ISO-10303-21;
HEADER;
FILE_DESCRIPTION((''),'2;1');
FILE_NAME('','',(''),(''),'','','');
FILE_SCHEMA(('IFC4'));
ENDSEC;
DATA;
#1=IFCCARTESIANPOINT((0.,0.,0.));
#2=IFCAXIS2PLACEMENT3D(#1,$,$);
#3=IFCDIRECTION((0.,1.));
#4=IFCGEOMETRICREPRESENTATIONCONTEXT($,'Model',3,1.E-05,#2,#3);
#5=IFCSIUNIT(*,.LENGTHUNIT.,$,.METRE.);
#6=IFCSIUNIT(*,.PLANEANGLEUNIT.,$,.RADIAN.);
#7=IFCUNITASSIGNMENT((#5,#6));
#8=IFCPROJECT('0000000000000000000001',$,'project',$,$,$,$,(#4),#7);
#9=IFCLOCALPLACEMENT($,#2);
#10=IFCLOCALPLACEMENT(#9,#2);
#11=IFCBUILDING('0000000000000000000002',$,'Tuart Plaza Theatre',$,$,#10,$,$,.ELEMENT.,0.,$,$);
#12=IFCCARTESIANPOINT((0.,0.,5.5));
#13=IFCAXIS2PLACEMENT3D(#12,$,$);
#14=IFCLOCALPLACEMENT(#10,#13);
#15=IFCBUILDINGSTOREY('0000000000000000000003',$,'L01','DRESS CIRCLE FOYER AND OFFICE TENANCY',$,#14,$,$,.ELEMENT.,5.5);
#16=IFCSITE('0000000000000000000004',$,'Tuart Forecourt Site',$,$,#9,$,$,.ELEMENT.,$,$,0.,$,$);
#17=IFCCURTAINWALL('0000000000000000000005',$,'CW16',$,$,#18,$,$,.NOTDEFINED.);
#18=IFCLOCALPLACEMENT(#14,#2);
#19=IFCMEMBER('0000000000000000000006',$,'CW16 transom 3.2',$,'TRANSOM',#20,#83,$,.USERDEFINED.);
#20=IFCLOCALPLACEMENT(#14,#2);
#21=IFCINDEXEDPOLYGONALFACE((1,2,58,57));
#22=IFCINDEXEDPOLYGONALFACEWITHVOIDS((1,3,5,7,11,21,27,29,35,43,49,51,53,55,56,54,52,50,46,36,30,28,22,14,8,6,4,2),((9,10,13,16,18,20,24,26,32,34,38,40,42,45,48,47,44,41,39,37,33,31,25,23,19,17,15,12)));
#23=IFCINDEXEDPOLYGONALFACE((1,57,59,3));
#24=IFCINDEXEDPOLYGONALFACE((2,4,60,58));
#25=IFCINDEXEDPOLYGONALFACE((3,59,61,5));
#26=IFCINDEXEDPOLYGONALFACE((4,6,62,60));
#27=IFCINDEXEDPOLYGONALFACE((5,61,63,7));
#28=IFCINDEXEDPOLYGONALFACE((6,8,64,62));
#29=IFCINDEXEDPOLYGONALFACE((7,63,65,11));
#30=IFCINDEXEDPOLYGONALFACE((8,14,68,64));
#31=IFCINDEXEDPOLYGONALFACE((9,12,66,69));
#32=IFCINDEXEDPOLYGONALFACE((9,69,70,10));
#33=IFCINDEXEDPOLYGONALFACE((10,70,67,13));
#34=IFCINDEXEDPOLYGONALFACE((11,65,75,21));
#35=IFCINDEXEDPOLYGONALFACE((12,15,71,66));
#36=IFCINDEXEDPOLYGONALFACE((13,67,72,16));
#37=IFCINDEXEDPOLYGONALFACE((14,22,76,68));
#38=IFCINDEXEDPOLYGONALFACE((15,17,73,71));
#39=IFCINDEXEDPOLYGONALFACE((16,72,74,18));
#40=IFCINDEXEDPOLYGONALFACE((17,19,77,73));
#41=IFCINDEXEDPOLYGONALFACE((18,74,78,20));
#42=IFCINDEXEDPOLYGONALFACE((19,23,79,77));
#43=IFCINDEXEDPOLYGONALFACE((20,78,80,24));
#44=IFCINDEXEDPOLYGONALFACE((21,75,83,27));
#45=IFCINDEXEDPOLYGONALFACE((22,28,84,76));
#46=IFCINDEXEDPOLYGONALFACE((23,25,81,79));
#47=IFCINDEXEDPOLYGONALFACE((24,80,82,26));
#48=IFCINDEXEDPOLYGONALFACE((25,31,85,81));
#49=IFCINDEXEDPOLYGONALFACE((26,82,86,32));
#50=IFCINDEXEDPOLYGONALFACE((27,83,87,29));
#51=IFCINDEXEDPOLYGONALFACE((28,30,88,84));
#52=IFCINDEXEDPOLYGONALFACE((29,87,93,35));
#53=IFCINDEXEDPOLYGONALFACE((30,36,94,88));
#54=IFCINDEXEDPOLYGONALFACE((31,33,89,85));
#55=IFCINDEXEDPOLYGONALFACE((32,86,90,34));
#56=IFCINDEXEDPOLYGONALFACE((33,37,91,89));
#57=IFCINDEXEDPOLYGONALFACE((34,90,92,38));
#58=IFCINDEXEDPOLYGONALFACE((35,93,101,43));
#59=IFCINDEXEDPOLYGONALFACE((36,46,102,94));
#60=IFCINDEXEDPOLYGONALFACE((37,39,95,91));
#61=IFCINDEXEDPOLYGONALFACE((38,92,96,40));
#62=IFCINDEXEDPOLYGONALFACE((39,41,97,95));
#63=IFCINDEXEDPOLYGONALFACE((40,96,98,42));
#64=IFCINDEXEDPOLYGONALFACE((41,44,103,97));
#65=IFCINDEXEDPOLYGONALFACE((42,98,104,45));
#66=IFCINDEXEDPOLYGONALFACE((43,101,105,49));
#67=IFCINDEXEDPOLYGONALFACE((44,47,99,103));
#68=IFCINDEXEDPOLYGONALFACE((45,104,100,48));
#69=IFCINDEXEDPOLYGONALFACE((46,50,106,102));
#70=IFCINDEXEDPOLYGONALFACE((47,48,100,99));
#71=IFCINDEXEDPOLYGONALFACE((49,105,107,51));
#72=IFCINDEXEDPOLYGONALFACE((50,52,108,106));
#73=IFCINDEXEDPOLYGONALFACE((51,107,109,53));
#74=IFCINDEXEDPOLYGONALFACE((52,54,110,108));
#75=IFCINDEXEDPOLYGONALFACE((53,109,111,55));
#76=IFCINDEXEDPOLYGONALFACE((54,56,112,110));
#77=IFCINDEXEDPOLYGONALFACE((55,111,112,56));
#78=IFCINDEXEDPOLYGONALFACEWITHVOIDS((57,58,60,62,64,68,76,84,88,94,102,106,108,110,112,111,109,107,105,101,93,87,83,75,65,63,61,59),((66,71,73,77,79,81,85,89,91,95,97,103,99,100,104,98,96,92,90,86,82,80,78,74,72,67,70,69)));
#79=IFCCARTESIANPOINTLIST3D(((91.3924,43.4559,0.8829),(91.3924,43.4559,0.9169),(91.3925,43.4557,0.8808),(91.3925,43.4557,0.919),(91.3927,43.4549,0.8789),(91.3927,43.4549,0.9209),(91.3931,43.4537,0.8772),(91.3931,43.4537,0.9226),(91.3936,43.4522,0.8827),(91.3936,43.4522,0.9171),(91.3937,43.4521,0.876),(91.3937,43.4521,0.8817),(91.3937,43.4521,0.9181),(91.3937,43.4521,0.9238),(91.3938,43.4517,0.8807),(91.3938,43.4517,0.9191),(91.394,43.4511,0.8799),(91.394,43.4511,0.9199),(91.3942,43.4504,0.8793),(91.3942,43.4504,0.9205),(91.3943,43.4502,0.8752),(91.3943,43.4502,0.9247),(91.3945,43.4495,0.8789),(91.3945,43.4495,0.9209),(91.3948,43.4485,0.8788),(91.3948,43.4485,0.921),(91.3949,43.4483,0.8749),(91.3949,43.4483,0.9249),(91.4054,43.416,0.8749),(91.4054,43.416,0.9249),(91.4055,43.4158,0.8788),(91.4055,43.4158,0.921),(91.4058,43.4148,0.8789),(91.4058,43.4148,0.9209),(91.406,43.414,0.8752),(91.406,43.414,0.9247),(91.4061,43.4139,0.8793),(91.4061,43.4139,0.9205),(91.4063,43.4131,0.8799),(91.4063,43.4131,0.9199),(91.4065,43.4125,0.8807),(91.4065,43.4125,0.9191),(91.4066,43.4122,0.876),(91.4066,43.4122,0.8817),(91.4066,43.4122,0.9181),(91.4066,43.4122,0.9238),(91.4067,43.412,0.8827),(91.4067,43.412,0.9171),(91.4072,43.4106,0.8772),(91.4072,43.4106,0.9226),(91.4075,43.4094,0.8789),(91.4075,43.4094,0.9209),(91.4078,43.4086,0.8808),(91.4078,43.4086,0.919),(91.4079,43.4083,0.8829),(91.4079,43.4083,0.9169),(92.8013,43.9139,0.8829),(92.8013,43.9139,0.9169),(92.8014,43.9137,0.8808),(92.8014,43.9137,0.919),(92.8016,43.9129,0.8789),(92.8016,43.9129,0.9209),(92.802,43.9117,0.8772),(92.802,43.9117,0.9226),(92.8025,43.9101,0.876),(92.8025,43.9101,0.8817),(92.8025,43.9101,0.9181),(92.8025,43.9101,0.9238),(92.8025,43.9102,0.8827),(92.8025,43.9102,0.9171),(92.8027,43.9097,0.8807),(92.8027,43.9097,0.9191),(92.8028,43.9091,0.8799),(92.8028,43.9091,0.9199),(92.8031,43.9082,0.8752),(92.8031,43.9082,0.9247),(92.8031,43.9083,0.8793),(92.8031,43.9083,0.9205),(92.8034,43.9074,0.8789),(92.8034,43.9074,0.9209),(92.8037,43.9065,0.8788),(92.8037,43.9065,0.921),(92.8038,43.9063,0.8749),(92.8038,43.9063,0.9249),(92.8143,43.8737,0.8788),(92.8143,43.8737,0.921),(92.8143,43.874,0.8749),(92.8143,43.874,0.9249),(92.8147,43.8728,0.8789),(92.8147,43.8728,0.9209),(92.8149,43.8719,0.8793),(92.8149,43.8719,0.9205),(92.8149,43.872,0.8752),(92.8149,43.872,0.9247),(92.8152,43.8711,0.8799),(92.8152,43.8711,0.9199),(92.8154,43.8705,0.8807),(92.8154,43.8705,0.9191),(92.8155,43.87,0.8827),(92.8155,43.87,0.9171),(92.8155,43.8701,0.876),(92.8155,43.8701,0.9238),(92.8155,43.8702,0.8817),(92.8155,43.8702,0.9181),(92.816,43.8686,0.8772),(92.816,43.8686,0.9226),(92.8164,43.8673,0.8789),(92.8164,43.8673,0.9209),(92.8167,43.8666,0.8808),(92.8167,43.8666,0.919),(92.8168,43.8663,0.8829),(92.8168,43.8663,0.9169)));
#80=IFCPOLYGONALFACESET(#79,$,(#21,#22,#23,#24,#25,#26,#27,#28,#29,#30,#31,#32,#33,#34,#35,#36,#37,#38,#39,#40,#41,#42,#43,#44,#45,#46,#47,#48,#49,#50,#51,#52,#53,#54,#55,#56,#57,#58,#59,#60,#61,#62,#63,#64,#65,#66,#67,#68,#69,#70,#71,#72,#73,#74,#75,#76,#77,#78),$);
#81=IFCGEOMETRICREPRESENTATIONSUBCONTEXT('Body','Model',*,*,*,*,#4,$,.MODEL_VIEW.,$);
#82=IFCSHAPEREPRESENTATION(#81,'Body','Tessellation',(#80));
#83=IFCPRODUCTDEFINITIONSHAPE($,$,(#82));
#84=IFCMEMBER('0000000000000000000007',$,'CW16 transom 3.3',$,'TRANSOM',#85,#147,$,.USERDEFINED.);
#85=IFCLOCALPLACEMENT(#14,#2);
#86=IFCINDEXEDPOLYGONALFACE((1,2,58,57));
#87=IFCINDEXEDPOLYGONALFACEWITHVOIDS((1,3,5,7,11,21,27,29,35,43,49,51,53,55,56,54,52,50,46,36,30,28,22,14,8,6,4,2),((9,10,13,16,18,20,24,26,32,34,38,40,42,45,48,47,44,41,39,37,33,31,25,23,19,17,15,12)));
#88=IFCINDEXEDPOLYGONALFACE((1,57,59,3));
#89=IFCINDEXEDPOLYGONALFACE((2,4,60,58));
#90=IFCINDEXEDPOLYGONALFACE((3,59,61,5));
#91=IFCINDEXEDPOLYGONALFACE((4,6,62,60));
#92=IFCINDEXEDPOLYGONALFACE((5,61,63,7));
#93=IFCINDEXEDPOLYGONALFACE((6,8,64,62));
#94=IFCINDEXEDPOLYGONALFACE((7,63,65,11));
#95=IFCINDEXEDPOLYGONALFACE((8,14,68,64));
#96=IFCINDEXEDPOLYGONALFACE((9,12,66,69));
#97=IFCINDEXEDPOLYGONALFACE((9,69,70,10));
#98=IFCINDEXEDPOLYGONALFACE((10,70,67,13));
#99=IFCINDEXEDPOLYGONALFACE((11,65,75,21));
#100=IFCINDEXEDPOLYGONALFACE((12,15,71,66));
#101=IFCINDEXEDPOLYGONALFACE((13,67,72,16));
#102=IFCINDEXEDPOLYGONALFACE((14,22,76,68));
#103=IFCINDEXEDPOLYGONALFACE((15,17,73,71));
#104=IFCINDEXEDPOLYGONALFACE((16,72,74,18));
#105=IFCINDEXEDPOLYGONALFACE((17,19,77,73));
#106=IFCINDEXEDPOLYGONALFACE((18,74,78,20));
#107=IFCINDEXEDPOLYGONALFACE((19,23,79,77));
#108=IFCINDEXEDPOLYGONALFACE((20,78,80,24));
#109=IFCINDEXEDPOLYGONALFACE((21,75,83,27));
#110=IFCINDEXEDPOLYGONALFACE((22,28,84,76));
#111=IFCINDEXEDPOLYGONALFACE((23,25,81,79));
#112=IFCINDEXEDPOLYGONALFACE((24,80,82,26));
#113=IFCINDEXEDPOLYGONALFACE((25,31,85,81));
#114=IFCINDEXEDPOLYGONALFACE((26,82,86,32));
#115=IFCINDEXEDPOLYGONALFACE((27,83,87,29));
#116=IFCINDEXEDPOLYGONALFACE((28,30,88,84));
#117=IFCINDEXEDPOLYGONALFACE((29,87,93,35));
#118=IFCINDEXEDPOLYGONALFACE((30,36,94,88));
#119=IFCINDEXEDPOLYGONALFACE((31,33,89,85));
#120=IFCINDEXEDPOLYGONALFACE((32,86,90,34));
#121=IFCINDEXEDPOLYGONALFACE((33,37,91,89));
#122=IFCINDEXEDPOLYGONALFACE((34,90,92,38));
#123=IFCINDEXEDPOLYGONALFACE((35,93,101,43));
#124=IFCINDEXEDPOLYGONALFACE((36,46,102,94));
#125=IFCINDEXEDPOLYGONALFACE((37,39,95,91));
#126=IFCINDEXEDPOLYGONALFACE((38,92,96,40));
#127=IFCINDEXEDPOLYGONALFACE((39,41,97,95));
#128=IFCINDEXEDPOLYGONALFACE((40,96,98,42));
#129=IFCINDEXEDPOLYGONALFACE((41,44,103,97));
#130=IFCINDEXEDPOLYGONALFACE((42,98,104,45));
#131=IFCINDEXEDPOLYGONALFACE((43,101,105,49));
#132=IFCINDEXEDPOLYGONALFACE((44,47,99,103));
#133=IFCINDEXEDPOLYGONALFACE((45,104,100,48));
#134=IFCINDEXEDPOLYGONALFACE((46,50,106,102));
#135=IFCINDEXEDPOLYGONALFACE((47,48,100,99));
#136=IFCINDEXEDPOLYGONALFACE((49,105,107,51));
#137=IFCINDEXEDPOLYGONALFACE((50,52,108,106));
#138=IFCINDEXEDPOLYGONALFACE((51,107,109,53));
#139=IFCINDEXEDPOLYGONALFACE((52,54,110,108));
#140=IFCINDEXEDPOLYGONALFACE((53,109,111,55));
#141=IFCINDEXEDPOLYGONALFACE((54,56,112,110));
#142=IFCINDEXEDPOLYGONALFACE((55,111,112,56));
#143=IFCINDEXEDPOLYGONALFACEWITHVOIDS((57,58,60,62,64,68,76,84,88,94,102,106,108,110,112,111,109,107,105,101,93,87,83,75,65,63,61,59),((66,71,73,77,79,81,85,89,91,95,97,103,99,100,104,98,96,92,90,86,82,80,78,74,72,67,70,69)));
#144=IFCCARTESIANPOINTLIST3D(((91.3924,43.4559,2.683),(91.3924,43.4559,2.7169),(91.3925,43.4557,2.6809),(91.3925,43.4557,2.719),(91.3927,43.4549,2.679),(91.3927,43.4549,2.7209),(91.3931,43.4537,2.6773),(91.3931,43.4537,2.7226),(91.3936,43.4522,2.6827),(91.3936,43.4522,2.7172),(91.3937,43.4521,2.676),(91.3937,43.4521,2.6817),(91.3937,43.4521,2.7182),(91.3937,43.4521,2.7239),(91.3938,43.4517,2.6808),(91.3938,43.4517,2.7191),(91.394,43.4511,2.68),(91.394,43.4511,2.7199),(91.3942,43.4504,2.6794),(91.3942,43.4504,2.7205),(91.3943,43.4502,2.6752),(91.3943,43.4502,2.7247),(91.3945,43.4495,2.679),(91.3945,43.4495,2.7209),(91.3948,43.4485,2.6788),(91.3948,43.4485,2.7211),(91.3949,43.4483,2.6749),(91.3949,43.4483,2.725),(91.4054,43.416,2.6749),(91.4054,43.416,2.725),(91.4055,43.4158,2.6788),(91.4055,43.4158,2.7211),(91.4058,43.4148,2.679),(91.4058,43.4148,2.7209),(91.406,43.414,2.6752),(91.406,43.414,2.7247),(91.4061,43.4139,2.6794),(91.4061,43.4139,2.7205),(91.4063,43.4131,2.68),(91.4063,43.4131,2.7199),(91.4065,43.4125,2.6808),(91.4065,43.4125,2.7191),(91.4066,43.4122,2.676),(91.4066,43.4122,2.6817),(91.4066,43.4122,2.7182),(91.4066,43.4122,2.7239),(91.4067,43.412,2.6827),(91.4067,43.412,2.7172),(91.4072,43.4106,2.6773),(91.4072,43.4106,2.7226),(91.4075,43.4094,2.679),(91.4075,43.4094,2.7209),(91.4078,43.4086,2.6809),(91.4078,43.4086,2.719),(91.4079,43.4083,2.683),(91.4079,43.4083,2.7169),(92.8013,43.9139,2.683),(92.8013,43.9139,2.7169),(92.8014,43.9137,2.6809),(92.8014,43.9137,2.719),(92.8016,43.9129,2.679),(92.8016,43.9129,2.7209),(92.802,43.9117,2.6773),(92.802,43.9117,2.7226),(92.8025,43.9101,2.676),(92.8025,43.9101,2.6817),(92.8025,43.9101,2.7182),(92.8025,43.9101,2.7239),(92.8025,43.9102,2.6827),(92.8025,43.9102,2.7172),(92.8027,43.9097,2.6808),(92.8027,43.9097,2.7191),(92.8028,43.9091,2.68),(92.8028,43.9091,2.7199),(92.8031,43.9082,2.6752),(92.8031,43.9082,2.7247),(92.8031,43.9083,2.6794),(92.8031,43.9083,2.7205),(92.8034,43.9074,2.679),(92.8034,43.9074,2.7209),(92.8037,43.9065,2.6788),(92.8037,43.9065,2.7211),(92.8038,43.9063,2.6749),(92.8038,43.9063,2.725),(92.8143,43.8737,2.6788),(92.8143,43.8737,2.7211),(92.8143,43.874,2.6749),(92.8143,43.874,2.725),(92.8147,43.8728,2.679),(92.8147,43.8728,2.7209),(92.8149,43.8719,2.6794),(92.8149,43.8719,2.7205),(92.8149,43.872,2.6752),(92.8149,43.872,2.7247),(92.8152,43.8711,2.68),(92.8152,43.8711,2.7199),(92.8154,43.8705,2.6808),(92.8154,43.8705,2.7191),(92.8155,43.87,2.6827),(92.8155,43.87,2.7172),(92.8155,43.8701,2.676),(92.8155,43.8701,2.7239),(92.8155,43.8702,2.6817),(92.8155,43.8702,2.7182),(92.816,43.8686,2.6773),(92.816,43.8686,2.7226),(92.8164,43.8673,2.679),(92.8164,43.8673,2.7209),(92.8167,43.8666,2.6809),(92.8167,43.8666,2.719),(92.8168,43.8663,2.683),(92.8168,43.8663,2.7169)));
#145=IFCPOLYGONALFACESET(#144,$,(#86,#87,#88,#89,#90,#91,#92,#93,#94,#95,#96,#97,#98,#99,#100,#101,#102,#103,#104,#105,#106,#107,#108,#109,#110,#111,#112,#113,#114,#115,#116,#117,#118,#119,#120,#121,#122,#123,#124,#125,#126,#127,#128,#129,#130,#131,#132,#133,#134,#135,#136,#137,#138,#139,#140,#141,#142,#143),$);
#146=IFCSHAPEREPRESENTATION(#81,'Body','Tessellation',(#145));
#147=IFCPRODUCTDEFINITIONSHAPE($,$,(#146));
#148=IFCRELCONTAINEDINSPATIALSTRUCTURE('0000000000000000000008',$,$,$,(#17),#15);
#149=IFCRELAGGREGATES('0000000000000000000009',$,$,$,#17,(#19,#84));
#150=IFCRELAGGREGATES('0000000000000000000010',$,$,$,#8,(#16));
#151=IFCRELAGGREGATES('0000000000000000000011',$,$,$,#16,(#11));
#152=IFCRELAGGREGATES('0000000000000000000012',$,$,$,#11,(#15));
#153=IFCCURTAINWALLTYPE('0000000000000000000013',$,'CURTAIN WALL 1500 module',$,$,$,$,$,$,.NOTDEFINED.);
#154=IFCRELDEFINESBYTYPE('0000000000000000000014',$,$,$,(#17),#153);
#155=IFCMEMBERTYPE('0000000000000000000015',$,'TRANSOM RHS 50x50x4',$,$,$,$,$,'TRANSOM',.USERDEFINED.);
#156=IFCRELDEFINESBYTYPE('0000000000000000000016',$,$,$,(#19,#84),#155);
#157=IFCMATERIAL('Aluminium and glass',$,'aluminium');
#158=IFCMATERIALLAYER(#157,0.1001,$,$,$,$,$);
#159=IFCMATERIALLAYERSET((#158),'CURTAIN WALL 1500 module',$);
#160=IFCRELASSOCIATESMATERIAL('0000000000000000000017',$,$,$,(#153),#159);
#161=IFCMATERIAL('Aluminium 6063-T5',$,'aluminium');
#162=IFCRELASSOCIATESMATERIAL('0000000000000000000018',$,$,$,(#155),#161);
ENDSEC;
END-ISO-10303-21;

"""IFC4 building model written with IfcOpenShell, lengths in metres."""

from ifc_helpers import new_model, si_unit, direction, frame, origin, origin_2d, place, context, subcontext, project, spatial, hollow_rectangle, extrude, material, layer, layer_set, material_profile, profile_set, type_object, element, aggregate, save


model = new_model("IFC4")

# Units and contexts
model_context = context("Model", 3, precision=1e-05, world=origin(), true_north=direction((0.0, 1.0)))
body_context = subcontext(model_context, "Body", "Model", "MODEL_VIEW")
ifc_project = project(units=[si_unit("LENGTHUNIT", "METRE"), si_unit("PLANEANGLEUNIT", "RADIAN")], contexts=[model_context])

# Site, building, storey
site_placement = place(None, origin())
site = spatial("IfcSite", under=ifc_project, at=site_placement, Name="Tuart Forecourt Site", CompositionType="ELEMENT", RefElevation=0.0)
building_placement = place(site_placement, origin())
building = spatial("IfcBuilding", under=site, at=building_placement, Name="Tuart Plaza Theatre", CompositionType="ELEMENT", ElevationOfRefHeight=0.0)
storey_placement = place(building_placement, frame((0.0, 0.0, 5.5)))
storey = spatial("IfcBuildingStorey", under=building, at=storey_placement, Name="L01", Description="DRESS CIRCLE FOYER AND OFFICE TENANCY", CompositionType="ELEMENT", Elevation=5.5)

# Curtain wall, members
ifc_material_1 = material(Name="Aluminium and glass", Category="aluminium")
ifc_layer_1 = layer(ifc_material_1, 0.1001)
ifc_layer_set_1 = layer_set([ifc_layer_1], Name="CURTAIN WALL 1500 module")
curtain_wall_type = type_object("IfcCurtainWallType", Name="CURTAIN WALL 1500 module", PredefinedType="NOTDEFINED", material=ifc_layer_set_1)
curtain_wall_placement = place(storey_placement, origin())
curtain_wall = element("IfcCurtainWall", 1, at=curtain_wall_placement, inside=storey, type_object=curtain_wall_type, Name="CW16", PredefinedType="NOTDEFINED")
ifc_material_2 = material(Name="Aluminium 6063-T5", Category="aluminium")
ifc_material_profile_1 = material_profile(ifc_material_2, hollow_rectangle(XDim=0.05, YDim=0.05, WallThickness=0.0039, InnerFilletRadius=0.0039, OuterFilletRadius=0.0081, at=origin_2d()), Name="RHS 50x50x4")
ifc_profile_set_1 = profile_set([ifc_material_profile_1], Name="Aluminium 6063-T5")
member_type_1 = type_object("IfcMemberType", Name="TRANSOM RHS 50x50x4", ElementType="TRANSOM", PredefinedType="USERDEFINED", material=ifc_profile_set_1)
member_1_placement = place(storey_placement, frame((91.4001, 43.4321, 0.8999), z_axis=(0.951013, 0.309149, 0.0), x_axis=(-0.309149, 0.951013, 0.0)))
member_1 = element("IfcMember", 2, at=member_1_placement, type_object=member_type_1, Name="CW16 transom 3.2", ObjectType="TRANSOM", PredefinedType="USERDEFINED", context=body_context, shape_type="SweptSolid", body=[
    extrude(hollow_rectangle(XDim=0.05, YDim=0.05, WallThickness=0.0039, InnerFilletRadius=0.0039, OuterFilletRadius=0.0081, at=origin_2d()), origin(), (0.0, 0.0, 1.0), 1.4814),
])
member_2_placement = place(storey_placement, frame((91.4001, 43.4321, 2.7), z_axis=(0.951013, 0.309149, 0.0), x_axis=(-0.309149, 0.951013, 0.0)))
member_2 = element("IfcMember", 3, at=member_2_placement, type_object=member_type_1, Name="CW16 transom 3.3", ObjectType="TRANSOM", PredefinedType="USERDEFINED", context=body_context, shape_type="SweptSolid", body=[
    extrude(hollow_rectangle(XDim=0.05, YDim=0.05, WallThickness=0.0039, InnerFilletRadius=0.0039, OuterFilletRadius=0.0081, at=origin_2d()), origin(), (0.0, 0.0, 1.0), 1.4814),
])
aggregate(curtain_wall, [member_1, member_2])

save(model, "model.ifc")
